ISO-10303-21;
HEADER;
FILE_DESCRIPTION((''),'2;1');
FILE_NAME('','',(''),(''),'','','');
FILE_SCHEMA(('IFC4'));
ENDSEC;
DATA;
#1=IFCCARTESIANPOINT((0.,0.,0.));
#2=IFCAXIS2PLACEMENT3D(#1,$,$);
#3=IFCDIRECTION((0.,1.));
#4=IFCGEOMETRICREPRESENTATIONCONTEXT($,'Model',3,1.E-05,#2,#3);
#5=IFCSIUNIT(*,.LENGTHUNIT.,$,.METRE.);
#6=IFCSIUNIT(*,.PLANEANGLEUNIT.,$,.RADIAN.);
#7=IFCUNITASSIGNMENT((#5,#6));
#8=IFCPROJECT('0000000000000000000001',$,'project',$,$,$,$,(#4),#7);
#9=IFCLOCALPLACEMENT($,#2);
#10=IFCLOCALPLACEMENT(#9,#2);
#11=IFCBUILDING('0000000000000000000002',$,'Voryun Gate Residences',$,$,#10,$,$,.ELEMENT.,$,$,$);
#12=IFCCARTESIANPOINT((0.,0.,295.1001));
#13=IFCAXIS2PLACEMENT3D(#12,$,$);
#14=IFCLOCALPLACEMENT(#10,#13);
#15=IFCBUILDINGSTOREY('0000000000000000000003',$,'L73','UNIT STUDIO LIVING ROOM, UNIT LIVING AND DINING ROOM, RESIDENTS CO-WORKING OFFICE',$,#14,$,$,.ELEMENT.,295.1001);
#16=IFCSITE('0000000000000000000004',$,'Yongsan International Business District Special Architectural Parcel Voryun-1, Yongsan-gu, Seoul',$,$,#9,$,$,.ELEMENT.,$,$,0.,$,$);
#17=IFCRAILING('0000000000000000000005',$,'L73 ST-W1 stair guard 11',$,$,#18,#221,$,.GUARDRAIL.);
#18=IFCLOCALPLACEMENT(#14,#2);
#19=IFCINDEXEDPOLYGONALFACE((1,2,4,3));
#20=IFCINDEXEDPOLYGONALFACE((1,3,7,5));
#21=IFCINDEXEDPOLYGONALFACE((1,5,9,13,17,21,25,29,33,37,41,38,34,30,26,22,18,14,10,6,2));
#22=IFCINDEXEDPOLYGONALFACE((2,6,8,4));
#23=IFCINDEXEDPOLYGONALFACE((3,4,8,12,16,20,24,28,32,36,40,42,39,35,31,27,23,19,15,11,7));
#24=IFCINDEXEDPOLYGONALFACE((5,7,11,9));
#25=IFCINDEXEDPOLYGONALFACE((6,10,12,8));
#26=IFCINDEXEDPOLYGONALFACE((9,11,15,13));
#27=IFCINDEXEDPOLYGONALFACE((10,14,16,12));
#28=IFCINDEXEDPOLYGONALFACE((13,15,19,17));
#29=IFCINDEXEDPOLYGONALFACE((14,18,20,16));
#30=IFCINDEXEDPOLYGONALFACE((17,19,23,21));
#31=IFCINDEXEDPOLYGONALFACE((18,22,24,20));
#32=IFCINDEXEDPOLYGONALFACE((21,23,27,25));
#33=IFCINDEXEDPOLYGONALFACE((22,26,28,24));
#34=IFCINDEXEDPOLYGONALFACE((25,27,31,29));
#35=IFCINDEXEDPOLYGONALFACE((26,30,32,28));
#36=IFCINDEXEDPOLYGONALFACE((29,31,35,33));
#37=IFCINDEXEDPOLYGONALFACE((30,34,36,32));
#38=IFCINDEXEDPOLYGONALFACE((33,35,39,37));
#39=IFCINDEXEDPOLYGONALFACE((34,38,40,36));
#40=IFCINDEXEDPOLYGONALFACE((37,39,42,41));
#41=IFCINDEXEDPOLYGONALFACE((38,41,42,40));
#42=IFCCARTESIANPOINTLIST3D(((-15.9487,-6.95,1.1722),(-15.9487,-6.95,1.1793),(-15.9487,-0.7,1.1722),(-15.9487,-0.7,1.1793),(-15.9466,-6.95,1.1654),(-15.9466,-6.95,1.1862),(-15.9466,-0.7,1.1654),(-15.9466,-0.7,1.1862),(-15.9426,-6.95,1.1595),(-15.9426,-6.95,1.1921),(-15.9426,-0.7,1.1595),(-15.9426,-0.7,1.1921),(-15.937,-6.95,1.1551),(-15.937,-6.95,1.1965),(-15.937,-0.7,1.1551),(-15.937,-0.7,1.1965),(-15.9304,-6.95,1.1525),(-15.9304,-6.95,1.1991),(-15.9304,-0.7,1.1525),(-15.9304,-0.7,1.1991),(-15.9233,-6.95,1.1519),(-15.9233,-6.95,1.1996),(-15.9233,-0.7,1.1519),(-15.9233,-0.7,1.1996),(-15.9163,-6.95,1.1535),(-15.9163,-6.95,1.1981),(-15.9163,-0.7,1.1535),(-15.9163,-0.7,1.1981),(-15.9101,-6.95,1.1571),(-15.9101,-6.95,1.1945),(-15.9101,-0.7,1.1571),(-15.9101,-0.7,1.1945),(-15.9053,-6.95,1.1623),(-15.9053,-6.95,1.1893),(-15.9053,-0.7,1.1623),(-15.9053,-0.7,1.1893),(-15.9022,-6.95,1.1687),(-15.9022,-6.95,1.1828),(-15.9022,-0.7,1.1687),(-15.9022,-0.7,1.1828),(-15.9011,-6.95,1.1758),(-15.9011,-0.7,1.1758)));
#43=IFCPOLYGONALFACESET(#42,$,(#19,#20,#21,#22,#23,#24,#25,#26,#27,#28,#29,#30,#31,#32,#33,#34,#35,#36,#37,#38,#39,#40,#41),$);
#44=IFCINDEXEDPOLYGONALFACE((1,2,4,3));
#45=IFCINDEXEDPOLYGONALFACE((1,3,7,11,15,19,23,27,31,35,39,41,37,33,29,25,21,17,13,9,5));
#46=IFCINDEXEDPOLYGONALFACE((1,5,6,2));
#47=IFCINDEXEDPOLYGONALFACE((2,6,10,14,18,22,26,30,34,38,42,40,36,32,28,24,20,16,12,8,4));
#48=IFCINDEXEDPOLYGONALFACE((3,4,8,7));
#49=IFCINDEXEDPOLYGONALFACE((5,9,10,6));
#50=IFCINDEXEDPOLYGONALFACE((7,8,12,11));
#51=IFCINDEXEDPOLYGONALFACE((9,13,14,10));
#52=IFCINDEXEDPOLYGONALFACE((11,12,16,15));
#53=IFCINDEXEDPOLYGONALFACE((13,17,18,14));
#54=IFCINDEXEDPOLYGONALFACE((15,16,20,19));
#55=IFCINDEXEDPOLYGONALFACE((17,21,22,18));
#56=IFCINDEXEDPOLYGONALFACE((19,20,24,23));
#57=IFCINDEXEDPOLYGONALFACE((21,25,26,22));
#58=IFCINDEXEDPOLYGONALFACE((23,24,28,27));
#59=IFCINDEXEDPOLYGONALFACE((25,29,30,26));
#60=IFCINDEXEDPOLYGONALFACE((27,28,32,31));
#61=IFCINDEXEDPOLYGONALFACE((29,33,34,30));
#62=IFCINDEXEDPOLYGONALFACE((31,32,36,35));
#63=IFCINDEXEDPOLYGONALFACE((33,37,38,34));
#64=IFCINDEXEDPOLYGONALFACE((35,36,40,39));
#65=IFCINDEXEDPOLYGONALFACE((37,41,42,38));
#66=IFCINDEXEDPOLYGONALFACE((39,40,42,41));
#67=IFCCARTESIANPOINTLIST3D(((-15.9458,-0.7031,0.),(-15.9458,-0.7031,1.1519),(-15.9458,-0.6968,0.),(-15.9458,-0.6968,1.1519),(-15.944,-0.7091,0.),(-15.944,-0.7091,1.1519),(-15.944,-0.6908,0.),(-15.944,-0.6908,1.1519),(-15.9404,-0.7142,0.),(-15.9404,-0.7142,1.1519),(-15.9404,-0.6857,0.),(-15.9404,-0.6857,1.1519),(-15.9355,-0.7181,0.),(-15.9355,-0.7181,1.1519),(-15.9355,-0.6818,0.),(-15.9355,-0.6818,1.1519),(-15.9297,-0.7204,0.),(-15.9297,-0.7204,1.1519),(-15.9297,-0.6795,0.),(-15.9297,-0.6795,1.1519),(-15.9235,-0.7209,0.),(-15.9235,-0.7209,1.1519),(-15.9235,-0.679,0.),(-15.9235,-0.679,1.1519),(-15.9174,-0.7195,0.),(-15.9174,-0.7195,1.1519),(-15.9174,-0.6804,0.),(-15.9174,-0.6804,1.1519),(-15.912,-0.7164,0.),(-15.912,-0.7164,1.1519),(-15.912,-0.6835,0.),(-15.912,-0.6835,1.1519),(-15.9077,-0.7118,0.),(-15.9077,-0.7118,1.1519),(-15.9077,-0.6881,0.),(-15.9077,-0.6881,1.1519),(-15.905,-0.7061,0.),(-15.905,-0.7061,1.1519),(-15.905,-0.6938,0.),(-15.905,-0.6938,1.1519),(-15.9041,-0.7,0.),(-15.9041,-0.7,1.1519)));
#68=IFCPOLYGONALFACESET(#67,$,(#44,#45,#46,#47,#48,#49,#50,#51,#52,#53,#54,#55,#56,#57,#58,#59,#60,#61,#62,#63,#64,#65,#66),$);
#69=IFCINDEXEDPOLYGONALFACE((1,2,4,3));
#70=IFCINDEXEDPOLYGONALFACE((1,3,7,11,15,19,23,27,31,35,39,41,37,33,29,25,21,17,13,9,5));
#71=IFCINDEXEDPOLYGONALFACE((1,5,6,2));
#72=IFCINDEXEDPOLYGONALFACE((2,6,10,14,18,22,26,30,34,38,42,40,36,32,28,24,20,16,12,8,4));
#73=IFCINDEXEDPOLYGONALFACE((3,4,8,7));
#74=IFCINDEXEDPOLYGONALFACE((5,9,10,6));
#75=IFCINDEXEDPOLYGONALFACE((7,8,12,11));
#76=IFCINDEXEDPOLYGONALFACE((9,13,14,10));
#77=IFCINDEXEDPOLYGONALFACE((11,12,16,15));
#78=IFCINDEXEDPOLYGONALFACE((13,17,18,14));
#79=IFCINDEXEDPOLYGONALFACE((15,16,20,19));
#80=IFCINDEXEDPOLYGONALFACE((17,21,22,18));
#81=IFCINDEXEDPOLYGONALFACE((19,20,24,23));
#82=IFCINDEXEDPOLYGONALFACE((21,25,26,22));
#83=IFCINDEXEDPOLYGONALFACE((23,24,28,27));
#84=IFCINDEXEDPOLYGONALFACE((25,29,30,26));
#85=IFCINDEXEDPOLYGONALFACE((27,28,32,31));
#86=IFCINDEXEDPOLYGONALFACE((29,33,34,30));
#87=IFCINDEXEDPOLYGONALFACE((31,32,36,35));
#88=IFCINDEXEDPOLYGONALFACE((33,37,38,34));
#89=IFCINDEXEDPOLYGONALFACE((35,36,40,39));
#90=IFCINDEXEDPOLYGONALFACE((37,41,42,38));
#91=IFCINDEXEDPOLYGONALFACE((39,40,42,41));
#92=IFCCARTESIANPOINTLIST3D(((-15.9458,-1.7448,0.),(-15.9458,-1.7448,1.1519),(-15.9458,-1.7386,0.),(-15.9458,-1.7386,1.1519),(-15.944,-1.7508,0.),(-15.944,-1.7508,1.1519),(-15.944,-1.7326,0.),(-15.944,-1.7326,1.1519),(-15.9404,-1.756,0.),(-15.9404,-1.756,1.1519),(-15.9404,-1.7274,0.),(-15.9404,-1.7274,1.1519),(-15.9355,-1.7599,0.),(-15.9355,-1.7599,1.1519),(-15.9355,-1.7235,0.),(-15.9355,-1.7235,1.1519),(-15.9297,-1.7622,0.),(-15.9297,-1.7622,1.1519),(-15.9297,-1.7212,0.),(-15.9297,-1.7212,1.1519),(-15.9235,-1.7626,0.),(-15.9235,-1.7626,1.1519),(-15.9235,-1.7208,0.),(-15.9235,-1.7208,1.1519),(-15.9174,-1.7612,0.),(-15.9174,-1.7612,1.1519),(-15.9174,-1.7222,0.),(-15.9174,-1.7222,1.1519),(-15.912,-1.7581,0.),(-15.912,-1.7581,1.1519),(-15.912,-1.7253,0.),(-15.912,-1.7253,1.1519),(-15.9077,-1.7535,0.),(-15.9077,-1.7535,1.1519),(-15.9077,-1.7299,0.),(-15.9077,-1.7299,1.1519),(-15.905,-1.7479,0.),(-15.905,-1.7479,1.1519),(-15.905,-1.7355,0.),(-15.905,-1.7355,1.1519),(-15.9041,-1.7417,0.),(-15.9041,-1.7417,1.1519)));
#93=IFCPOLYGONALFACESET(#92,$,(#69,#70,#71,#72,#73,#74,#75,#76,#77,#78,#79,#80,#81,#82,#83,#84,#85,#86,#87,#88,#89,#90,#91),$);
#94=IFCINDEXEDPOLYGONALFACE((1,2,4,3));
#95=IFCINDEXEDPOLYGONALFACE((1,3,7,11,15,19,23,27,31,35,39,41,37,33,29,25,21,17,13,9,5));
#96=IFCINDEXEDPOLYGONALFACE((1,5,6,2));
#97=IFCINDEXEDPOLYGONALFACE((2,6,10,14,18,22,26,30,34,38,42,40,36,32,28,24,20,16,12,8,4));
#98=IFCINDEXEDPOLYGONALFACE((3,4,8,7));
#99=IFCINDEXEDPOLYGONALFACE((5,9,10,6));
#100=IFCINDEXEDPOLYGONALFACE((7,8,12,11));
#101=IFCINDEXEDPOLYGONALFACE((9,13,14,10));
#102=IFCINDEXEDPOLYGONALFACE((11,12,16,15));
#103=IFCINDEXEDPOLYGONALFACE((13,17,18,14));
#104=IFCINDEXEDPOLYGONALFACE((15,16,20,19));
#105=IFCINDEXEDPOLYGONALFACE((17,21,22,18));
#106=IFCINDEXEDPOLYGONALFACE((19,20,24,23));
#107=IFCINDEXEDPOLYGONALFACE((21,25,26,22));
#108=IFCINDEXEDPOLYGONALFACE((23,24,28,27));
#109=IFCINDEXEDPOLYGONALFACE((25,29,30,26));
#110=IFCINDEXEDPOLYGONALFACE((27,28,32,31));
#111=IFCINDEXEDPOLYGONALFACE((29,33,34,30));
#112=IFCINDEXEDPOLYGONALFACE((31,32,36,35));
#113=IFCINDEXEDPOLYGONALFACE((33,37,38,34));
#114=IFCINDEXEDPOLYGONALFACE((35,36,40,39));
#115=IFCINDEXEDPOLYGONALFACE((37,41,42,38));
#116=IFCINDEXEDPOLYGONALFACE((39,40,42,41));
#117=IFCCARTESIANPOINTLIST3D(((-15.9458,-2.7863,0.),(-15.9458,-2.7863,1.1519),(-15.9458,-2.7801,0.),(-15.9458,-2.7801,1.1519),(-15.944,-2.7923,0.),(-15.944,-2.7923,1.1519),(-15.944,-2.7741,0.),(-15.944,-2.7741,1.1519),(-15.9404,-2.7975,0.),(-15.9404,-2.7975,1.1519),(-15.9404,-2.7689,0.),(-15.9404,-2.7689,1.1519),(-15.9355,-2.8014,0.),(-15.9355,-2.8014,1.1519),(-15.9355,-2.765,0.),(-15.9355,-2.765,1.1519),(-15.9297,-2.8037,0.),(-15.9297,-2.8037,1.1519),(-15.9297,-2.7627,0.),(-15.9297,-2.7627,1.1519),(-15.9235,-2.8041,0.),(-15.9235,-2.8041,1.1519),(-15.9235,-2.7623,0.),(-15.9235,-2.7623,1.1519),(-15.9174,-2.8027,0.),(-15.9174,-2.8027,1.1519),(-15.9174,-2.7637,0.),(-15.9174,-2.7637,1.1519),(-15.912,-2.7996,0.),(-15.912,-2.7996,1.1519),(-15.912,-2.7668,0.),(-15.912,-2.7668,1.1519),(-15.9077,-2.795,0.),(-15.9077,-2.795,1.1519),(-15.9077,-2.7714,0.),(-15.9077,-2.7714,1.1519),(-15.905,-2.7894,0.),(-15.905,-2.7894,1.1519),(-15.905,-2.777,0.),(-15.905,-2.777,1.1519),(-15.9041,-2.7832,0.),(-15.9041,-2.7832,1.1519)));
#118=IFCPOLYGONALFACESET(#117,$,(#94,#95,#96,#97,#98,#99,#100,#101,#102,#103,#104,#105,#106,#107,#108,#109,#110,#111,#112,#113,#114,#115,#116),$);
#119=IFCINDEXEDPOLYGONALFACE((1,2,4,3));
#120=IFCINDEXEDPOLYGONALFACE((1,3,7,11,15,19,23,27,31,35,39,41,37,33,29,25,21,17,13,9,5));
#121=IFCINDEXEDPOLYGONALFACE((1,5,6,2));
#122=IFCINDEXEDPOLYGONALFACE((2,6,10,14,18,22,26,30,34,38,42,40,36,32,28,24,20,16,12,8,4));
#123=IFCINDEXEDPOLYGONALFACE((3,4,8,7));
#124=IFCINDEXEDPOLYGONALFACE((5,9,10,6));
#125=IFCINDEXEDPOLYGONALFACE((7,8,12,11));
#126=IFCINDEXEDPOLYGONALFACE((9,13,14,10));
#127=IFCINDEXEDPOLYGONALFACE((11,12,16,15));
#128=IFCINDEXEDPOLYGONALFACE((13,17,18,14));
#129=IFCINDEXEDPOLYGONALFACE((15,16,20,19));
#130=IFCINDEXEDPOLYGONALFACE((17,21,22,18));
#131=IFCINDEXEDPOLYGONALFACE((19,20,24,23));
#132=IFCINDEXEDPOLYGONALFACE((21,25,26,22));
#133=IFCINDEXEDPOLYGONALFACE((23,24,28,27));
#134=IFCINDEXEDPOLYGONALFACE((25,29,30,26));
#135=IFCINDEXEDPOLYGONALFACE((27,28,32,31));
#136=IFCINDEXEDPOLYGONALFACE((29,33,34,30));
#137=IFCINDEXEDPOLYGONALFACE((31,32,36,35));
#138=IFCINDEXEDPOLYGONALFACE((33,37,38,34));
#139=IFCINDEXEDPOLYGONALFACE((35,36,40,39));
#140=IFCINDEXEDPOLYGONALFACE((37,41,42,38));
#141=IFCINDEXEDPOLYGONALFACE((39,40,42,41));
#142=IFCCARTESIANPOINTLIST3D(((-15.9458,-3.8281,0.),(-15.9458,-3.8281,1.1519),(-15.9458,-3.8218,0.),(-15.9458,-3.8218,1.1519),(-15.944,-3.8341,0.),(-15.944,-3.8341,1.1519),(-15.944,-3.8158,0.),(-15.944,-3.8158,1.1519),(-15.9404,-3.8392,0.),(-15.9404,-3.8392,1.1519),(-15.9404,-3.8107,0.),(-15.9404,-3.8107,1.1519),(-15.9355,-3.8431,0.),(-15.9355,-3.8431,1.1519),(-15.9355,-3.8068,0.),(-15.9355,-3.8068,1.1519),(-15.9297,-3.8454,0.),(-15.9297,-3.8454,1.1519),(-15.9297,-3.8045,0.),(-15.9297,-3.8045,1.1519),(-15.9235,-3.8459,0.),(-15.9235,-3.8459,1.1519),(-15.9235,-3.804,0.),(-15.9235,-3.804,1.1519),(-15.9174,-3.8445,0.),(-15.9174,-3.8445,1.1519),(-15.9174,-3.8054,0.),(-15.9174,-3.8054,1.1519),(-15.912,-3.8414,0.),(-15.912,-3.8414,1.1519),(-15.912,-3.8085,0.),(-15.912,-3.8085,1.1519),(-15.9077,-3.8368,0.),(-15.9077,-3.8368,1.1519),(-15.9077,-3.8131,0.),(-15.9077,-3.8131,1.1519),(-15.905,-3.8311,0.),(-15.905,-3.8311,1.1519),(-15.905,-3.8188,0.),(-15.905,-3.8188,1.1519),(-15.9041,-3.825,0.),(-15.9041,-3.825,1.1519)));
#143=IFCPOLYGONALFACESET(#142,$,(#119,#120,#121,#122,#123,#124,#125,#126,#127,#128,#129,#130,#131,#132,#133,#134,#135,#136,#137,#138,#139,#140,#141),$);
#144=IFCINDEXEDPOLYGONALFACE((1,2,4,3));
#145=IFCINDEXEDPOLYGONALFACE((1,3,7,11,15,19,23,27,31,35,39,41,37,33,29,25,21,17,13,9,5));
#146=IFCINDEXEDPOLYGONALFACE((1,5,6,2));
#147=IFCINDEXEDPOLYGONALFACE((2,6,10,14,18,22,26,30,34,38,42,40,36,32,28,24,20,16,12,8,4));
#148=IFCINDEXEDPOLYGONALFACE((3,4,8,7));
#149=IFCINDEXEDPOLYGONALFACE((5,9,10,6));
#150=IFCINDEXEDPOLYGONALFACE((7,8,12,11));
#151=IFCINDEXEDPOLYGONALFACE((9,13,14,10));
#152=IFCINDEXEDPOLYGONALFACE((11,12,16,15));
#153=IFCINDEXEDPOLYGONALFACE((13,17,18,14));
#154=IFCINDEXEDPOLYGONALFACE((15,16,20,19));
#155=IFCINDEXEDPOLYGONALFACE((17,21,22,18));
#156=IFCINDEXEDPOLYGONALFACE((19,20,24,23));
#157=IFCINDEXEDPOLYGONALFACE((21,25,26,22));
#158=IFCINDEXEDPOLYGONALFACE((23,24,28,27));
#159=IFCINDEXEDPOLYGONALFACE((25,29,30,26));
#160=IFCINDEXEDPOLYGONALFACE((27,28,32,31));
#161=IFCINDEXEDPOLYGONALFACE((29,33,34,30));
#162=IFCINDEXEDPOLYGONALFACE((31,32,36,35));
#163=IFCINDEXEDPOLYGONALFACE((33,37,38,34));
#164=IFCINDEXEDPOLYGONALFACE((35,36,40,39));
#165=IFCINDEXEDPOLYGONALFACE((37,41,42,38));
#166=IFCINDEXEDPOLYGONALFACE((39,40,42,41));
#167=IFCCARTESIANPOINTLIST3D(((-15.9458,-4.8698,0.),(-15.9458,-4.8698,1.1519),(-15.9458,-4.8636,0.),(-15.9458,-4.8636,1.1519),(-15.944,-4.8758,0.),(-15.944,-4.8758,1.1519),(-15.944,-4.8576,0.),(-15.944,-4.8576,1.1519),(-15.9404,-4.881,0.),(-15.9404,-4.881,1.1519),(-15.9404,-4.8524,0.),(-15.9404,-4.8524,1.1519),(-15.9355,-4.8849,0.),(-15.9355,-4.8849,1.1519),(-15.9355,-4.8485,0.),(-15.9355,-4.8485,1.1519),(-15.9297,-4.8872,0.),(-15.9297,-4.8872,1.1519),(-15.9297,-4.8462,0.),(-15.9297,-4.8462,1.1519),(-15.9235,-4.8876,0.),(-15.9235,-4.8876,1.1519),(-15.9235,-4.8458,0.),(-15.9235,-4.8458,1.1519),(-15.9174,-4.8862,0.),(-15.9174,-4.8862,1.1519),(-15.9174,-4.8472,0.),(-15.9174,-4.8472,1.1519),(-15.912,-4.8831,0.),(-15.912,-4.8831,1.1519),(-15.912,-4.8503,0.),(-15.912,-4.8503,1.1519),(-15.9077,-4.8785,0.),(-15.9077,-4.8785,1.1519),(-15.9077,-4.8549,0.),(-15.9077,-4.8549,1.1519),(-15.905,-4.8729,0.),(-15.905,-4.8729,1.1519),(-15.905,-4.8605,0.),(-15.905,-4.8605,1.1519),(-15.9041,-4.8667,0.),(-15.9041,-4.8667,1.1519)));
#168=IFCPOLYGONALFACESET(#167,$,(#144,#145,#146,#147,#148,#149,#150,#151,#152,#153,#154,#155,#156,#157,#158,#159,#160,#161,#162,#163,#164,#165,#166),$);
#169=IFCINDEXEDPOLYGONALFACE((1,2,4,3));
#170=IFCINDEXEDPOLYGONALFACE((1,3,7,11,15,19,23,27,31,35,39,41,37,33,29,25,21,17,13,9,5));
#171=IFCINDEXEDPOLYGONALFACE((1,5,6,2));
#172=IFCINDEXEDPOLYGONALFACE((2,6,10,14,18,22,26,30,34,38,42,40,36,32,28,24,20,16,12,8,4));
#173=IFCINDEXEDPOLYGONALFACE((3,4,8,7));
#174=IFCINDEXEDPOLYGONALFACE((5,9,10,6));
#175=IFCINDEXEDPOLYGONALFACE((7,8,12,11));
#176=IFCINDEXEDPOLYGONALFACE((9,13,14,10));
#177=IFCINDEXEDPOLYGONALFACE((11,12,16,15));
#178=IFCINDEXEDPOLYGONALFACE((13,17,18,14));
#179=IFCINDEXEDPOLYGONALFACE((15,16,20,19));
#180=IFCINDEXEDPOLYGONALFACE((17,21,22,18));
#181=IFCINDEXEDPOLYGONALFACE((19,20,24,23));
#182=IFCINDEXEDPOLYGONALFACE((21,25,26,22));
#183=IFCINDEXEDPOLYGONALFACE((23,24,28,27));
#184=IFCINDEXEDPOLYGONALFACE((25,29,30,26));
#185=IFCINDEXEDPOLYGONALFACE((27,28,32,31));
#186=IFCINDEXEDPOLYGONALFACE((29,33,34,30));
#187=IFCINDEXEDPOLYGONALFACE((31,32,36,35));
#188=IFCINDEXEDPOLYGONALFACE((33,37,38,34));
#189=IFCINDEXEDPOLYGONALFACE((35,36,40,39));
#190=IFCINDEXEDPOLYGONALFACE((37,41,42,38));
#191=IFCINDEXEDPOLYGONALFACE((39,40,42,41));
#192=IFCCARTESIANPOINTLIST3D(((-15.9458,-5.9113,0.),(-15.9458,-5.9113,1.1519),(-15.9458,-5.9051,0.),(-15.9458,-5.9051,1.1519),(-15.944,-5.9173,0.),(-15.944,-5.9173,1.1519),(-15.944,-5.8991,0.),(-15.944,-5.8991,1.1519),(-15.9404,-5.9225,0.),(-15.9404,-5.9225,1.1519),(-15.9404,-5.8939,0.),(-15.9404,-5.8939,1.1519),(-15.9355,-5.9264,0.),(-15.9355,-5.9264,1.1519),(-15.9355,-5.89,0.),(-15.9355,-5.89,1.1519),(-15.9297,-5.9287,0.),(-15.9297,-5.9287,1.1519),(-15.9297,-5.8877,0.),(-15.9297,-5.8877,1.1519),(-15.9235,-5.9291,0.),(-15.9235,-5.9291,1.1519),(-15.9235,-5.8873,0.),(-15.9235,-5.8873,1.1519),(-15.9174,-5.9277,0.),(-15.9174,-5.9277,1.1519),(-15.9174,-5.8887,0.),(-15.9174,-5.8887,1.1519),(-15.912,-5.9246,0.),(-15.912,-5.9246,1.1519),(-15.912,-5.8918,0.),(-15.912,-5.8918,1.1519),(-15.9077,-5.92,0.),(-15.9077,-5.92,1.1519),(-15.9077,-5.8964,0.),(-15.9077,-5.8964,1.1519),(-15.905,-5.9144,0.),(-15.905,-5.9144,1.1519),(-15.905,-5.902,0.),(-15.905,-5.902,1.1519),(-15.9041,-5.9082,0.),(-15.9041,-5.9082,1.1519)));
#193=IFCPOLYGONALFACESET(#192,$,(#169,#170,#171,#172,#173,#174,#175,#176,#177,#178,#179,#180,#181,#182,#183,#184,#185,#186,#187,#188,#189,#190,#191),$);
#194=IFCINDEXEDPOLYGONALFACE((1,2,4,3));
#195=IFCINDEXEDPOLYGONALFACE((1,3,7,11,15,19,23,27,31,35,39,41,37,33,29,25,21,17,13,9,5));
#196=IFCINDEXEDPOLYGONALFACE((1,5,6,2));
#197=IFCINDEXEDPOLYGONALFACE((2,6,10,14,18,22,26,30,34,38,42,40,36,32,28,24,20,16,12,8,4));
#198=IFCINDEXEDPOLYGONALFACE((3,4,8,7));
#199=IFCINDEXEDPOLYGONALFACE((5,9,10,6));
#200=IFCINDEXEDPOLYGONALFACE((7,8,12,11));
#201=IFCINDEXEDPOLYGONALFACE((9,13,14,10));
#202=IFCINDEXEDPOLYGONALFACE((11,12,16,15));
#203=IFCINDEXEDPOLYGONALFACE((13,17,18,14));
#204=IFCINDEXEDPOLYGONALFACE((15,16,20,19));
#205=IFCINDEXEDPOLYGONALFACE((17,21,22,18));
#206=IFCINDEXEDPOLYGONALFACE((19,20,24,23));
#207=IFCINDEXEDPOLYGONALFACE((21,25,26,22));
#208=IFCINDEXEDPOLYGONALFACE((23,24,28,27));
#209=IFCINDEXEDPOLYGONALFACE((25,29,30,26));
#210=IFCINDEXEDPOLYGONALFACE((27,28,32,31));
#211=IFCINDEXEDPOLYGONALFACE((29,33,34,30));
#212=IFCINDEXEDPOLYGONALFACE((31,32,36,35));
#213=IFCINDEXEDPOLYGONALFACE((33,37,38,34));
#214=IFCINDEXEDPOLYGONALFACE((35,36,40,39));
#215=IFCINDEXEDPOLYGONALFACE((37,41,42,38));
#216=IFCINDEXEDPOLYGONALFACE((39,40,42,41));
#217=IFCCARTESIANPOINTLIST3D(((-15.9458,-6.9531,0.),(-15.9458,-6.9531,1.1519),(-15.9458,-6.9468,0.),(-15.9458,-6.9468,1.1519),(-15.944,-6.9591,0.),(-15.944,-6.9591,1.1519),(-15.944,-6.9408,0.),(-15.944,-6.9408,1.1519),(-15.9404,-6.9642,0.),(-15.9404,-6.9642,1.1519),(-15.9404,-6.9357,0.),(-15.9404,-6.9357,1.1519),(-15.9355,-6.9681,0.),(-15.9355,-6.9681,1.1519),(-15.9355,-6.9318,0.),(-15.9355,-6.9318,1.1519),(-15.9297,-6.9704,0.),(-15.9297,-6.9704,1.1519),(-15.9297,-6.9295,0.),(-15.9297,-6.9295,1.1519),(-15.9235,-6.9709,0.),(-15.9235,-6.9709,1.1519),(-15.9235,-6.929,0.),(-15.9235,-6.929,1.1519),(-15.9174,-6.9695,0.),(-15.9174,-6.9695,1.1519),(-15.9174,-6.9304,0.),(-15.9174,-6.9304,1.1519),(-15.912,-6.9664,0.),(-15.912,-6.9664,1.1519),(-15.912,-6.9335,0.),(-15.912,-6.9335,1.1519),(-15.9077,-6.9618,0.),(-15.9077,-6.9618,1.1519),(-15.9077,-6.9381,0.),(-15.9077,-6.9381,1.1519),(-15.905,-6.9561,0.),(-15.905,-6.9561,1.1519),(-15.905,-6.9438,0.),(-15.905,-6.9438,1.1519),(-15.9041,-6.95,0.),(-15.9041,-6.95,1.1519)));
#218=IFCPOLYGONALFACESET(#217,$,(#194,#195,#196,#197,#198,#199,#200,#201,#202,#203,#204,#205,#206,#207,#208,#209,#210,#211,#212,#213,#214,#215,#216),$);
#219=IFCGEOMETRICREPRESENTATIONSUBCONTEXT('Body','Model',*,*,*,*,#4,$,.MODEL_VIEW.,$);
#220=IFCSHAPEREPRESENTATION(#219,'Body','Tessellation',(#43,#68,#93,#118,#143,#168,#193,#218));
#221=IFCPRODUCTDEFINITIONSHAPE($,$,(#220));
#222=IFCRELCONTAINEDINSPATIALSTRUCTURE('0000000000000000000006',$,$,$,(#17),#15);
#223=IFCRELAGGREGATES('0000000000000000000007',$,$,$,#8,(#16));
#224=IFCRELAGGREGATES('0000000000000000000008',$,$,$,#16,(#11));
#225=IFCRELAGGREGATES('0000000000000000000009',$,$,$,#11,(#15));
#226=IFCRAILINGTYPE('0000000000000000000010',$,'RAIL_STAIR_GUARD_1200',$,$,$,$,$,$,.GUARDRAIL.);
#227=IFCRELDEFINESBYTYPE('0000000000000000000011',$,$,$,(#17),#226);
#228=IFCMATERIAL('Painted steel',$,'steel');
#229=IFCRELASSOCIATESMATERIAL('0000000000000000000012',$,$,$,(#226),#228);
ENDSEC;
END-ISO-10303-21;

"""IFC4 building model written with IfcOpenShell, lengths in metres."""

from ifc_helpers import new_model, si_unit, direction, frame, origin, origin_2d, place, context, subcontext, project, spatial, circle, extrude, material, type_object, element, save


model = new_model("IFC4")

# Units and contexts
model_context = context("Model", 3, precision=1e-05, world=origin(), true_north=direction((0.0, 1.0)))
body_context = subcontext(model_context, "Body", "Model", "MODEL_VIEW")
ifc_project = project(units=[si_unit("LENGTHUNIT", "METRE"), si_unit("PLANEANGLEUNIT", "RADIAN")], contexts=[model_context])

# Site, building, storey
site_placement = place(None, origin())
site = spatial("IfcSite", under=ifc_project, at=site_placement, Name="Yongsan International Business District Special Architectural Parcel Voryun-1, Yongsan-gu, Seoul", CompositionType="ELEMENT", RefElevation=0.0)
building_placement = place(site_placement, origin())
building = spatial("IfcBuilding", under=site, at=building_placement, Name="Voryun Gate Residences", CompositionType="ELEMENT")
storey_placement = place(building_placement, frame((0.0, 0.0, 295.1001)))
storey = spatial("IfcBuildingStorey", under=building, at=storey_placement, Name="L73", Description="UNIT STUDIO LIVING ROOM, UNIT LIVING AND DINING ROOM, RESIDENTS CO-WORKING OFFICE", CompositionType="ELEMENT", Elevation=295.1001)

# Railing
ifc_material_1 = material(Name="Painted steel", Category="steel")
railing_type = type_object("IfcRailingType", Name="RAIL_STAIR_GUARD_1200", PredefinedType="GUARDRAIL", material=ifc_material_1)
railing_1_placement = place(storey_placement, frame((-15.925, -0.7, 0.0)))
element("IfcRailing", 1, at=railing_1_placement, inside=storey, type_object=railing_type, Name="L73 ST-W1 stair guard 11", PredefinedType="GUARDRAIL", context=body_context, shape_type="SweptSolid", body=[
    extrude(circle(Radius=0.0239, at=origin_2d()), frame((0.0, 0.0, 1.1758), z_axis=(0.0, -1.0, 0.0), x_axis=(1.0, 0.0, 0.0)), (0.0, 0.0, 1.0), 6.25),
    extrude(circle(Radius=0.021, at=origin_2d()), origin(), (0.0, 0.0, 1.0), 1.1519),
    extrude(circle(Radius=0.021, at=origin_2d()), frame((0.0, -1.0417, 0.0)), (0.0, 0.0, 1.0), 1.1519),
    extrude(circle(Radius=0.021, at=origin_2d()), frame((0.0, -2.0833, 0.0)), (0.0, 0.0, 1.0), 1.1519),
    extrude(circle(Radius=0.021, at=origin_2d()), frame((0.0, -3.125, 0.0)), (0.0, 0.0, 1.0), 1.1519),
    extrude(circle(Radius=0.021, at=origin_2d()), frame((0.0, -4.1667, 0.0)), (0.0, 0.0, 1.0), 1.1519),
    extrude(circle(Radius=0.021, at=origin_2d()), frame((0.0, -5.2083, 0.0)), (0.0, 0.0, 1.0), 1.1519),
    extrude(circle(Radius=0.021, at=origin_2d()), frame((0.0, -6.25, 0.0)), (0.0, 0.0, 1.0), 1.1519),
])

save(model, "model.ifc")
